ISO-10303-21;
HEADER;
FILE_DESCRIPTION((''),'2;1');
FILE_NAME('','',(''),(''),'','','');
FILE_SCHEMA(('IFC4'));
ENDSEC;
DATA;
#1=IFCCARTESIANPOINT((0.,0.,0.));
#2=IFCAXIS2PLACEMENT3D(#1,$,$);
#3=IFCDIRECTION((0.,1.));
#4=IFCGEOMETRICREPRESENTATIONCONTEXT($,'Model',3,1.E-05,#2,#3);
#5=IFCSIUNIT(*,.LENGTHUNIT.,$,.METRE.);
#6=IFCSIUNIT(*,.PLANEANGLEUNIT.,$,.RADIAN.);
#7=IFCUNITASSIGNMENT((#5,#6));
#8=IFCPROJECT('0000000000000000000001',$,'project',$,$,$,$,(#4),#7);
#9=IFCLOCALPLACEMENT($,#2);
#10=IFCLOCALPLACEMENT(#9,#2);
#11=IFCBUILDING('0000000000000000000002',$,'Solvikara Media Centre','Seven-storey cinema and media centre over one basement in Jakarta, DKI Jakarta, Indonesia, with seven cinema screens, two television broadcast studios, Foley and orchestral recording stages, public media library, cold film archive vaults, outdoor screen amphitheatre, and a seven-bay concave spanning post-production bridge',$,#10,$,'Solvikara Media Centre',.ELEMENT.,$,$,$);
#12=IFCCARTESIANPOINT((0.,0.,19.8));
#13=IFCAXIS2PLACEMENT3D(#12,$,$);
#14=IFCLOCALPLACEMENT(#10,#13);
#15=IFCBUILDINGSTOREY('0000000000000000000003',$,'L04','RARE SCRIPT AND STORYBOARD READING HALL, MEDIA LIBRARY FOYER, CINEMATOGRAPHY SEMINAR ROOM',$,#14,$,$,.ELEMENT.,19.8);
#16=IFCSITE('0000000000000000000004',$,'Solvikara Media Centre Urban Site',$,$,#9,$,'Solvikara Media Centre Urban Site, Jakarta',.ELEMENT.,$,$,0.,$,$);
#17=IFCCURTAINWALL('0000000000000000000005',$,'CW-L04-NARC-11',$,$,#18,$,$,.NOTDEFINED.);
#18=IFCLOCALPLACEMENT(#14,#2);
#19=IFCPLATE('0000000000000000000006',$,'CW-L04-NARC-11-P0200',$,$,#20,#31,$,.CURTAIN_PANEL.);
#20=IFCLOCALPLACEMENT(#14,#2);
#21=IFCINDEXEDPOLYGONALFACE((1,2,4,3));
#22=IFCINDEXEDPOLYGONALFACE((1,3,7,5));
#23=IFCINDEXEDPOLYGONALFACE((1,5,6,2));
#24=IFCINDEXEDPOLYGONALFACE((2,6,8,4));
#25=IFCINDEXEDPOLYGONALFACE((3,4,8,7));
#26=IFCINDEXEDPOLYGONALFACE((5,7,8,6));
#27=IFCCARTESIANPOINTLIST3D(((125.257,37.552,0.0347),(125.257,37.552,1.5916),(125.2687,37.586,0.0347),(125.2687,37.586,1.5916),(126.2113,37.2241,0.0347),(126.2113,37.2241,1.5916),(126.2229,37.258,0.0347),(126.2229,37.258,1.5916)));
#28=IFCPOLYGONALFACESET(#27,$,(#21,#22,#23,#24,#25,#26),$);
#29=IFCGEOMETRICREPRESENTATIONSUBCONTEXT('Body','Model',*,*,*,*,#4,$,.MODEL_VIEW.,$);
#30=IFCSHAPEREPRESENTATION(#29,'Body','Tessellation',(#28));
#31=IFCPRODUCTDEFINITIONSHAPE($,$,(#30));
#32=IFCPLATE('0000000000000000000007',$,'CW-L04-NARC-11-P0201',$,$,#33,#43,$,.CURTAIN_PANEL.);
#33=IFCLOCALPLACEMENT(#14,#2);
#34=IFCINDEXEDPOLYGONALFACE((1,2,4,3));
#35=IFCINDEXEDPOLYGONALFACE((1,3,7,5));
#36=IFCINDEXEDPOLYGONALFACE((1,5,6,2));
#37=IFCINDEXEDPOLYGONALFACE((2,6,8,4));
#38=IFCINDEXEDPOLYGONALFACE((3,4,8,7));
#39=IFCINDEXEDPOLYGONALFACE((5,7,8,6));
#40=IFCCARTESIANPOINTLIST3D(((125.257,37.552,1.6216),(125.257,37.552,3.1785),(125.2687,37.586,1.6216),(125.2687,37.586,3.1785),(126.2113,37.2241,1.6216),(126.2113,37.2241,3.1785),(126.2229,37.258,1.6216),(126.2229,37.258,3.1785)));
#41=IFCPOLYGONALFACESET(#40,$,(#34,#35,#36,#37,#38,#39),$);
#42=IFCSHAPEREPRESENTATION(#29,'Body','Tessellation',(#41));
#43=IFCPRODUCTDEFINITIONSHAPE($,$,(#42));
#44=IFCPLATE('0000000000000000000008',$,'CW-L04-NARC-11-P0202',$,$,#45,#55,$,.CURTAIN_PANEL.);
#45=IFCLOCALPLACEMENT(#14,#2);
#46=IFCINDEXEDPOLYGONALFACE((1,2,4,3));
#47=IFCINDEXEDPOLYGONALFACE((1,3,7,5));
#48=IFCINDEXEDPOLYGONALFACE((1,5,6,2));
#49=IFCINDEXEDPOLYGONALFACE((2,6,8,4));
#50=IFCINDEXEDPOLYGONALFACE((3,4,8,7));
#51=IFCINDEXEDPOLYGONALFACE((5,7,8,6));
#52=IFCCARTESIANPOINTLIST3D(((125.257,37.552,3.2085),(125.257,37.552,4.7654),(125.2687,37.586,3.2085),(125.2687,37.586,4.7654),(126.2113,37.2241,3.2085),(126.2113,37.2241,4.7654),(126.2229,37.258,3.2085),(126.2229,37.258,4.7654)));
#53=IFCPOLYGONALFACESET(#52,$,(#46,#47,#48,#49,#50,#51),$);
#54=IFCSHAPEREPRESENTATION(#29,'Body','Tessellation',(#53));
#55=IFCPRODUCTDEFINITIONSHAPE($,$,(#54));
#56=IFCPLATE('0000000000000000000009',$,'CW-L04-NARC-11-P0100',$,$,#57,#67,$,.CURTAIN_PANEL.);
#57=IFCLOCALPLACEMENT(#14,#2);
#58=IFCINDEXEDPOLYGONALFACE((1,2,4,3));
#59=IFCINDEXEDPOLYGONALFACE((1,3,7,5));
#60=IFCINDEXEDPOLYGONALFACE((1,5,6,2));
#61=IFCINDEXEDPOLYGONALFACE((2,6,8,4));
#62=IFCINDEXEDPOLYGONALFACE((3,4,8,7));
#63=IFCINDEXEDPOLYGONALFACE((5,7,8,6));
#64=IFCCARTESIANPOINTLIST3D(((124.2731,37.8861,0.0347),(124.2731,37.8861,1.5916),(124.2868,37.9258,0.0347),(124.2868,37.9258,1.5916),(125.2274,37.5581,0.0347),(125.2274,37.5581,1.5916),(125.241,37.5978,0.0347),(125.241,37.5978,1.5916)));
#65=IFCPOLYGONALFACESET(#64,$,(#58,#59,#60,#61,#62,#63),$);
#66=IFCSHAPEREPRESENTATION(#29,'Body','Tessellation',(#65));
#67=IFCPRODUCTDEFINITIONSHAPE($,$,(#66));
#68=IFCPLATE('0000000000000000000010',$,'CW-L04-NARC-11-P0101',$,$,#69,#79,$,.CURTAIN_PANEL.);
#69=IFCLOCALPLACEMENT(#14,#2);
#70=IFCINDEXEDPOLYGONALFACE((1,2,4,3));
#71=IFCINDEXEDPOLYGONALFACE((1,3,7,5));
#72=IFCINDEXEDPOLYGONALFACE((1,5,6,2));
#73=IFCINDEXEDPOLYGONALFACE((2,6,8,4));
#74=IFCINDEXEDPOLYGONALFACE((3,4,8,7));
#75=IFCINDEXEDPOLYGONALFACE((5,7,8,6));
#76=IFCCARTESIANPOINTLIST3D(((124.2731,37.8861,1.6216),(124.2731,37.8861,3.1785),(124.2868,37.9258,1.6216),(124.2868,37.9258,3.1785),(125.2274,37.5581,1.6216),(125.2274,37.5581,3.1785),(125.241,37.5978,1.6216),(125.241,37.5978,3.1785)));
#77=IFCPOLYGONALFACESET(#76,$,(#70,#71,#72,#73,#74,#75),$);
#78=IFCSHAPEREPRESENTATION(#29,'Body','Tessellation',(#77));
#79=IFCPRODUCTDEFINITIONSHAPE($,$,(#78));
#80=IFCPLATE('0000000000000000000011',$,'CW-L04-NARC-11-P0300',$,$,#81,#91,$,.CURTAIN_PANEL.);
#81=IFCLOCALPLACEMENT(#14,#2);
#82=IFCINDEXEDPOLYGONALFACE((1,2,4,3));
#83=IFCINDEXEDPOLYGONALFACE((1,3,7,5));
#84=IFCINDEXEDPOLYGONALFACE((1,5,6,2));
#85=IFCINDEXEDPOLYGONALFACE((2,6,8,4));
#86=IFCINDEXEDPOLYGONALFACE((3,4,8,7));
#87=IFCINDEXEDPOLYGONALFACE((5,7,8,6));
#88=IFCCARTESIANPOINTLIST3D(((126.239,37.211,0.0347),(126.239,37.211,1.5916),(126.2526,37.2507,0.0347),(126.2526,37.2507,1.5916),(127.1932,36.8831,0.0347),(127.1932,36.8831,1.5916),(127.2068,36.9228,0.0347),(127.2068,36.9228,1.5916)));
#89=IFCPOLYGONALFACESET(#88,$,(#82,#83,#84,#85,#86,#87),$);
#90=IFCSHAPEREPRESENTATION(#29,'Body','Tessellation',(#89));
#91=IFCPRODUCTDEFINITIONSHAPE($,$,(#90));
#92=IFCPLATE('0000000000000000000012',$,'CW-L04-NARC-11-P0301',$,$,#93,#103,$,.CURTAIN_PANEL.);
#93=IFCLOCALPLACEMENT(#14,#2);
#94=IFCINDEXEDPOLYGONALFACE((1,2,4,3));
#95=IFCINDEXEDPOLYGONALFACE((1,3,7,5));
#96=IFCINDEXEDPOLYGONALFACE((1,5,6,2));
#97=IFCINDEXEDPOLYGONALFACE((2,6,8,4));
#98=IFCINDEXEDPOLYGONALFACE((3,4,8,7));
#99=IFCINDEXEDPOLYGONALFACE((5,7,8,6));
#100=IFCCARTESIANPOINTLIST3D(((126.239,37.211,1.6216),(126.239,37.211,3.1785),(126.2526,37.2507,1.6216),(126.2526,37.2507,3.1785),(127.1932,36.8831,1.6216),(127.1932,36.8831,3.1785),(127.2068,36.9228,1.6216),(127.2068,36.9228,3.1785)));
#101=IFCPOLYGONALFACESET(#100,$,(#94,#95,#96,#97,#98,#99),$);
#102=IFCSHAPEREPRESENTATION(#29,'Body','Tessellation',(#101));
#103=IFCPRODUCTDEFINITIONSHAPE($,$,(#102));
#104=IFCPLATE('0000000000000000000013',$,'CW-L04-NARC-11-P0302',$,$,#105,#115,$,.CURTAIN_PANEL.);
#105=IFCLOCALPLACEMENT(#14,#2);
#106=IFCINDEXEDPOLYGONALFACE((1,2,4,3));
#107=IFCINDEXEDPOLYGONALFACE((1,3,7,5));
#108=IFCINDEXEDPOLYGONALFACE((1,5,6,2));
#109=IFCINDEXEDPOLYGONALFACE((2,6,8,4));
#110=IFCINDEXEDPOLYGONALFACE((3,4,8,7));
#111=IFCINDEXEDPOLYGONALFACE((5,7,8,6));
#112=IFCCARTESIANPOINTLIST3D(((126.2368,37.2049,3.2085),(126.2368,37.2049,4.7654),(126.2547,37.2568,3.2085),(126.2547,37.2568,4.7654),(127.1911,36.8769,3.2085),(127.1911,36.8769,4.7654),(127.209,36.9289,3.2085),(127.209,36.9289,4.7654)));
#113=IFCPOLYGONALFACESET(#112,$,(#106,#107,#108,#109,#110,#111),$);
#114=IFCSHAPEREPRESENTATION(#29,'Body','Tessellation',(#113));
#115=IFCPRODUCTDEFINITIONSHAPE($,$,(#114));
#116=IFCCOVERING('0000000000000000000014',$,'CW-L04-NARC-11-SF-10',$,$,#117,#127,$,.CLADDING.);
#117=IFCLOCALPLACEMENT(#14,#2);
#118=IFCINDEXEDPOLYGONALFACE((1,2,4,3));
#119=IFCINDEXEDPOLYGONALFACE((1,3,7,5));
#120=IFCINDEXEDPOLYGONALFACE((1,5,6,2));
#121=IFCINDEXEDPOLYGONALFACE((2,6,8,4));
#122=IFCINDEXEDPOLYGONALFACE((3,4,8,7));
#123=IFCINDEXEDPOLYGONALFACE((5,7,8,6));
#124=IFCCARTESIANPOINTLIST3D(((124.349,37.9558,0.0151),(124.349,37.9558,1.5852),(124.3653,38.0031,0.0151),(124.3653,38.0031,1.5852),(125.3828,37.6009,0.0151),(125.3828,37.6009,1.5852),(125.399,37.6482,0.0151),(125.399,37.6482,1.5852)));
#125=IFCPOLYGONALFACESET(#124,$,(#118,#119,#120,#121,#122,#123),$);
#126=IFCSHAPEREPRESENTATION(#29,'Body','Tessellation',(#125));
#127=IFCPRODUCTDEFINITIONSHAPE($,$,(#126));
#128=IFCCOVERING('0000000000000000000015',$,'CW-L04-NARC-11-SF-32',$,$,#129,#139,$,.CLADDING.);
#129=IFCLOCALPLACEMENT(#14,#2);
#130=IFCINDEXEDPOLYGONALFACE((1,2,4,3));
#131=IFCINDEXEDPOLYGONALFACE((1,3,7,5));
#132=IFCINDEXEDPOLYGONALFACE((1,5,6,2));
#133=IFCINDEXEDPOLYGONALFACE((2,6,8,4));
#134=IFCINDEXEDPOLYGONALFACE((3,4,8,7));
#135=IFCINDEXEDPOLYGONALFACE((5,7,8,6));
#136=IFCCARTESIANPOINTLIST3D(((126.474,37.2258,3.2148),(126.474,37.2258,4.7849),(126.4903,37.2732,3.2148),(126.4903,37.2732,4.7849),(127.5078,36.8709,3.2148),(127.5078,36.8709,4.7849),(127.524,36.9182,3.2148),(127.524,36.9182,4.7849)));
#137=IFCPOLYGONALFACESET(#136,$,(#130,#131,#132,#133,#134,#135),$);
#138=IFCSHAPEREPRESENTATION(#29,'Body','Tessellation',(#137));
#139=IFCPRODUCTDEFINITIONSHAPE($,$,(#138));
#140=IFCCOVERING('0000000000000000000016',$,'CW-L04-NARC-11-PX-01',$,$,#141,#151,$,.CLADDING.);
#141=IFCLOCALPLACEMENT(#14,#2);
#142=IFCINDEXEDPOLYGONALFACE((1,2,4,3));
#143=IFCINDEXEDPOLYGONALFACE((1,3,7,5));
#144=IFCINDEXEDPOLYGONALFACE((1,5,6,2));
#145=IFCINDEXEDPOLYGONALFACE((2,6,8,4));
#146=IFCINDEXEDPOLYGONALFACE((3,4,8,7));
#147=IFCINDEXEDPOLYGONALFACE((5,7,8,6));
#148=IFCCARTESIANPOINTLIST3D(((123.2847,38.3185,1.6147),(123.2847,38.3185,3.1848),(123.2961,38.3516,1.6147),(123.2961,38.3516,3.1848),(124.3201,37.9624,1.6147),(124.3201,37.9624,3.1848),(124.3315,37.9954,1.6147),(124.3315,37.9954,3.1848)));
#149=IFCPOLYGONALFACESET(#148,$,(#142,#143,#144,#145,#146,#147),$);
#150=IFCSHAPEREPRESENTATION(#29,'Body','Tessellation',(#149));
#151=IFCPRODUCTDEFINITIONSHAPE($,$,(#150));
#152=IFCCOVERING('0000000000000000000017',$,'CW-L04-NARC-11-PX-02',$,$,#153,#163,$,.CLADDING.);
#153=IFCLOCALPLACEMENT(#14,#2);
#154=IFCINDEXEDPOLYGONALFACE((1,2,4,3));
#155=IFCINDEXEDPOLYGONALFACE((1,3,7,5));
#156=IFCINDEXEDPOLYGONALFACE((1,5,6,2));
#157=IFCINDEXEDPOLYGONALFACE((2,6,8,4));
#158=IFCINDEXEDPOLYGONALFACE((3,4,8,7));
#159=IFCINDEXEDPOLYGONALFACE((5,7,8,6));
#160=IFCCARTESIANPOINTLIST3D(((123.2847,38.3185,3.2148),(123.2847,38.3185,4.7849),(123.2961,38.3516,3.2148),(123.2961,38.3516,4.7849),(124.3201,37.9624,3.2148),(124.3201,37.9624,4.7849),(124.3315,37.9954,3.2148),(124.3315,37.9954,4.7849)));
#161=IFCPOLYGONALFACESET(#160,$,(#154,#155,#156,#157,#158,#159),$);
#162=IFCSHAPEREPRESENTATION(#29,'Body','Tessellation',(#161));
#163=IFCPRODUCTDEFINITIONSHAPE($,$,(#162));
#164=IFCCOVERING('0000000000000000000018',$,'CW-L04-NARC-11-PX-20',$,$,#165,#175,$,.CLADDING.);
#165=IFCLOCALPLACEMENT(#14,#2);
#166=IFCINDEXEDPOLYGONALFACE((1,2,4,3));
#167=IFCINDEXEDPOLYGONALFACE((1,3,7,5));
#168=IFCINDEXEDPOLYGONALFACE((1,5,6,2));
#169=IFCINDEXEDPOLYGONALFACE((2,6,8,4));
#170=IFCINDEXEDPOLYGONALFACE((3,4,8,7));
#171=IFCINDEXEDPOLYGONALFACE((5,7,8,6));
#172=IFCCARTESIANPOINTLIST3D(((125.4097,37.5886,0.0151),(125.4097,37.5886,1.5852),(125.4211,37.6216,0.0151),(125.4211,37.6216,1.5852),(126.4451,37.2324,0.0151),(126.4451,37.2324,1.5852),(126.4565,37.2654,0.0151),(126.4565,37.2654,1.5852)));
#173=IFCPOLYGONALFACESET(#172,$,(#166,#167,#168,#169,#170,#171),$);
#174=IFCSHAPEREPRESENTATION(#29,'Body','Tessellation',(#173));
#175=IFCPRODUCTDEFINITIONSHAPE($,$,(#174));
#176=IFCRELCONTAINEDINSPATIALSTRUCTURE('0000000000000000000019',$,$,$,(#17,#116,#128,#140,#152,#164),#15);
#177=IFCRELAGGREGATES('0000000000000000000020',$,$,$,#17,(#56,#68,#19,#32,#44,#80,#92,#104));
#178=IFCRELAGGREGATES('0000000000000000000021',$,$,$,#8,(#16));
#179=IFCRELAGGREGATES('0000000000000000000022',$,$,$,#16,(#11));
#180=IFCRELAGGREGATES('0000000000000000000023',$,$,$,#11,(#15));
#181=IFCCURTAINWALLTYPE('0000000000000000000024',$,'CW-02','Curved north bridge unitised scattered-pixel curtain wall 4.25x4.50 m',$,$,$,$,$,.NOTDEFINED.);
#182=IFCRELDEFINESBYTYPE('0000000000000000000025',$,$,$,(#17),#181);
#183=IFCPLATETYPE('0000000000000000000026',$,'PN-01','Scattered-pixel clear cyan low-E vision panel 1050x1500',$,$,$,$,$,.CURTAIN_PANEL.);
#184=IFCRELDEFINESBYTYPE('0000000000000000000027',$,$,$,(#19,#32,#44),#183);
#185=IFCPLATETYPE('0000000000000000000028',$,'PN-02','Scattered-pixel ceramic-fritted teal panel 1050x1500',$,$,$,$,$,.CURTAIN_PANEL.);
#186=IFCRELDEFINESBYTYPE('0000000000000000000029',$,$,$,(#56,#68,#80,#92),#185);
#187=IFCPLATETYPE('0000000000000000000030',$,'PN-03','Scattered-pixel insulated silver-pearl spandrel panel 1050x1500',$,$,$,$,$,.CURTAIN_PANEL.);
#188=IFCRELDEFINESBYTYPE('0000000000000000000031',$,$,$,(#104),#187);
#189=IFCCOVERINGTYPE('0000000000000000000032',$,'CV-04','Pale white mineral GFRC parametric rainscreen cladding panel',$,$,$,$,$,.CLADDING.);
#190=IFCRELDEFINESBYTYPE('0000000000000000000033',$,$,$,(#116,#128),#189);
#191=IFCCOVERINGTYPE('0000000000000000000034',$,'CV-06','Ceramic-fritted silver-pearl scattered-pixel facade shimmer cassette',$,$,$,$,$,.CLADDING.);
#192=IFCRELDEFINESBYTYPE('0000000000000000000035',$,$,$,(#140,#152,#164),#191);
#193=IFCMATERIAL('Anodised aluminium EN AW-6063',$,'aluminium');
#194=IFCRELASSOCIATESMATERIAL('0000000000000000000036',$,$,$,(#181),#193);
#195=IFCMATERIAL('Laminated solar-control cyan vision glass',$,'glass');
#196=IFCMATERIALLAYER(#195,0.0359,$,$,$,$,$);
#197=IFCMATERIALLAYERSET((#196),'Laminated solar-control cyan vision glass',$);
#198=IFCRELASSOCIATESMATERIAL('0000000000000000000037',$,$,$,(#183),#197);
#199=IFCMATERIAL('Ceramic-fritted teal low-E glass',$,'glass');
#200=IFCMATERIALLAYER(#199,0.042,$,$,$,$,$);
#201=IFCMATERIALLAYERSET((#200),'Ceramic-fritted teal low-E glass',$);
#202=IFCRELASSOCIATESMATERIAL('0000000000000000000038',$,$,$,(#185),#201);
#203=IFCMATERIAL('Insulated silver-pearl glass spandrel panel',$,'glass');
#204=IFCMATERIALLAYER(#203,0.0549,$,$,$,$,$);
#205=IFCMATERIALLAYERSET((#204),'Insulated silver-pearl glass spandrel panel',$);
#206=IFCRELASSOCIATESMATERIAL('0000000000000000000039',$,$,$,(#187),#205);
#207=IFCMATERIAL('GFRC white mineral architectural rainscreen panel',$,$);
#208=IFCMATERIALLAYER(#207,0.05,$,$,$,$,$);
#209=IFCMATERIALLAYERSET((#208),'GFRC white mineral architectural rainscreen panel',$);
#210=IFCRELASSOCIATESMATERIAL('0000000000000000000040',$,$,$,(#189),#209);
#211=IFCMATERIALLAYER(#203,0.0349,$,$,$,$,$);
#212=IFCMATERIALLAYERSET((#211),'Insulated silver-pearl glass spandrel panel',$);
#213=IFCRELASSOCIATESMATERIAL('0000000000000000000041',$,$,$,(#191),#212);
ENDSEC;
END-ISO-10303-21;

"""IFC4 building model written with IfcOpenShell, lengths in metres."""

from ifc_helpers import new_model, si_unit, direction, frame, origin, origin_2d, place, context, subcontext, project, spatial, rectangle, extrude, material, layer, layer_set, type_object, element, aggregate, save


model = new_model("IFC4")

# Units and contexts
model_context = context("Model", 3, precision=1e-05, world=origin(), true_north=direction((0.0, 1.0)))
body_context = subcontext(model_context, "Body", "Model", "MODEL_VIEW")
ifc_project = project(units=[si_unit("LENGTHUNIT", "METRE"), si_unit("PLANEANGLEUNIT", "RADIAN")], contexts=[model_context])

# Site, building, storey
site_placement = place(None, origin())
site = spatial("IfcSite", under=ifc_project, at=site_placement, Name="Solvikara Media Centre Urban Site", LongName="Solvikara Media Centre Urban Site, Jakarta", CompositionType="ELEMENT", RefElevation=0.0)
building_placement = place(site_placement, origin())
building = spatial("IfcBuilding", under=site, at=building_placement, Name="Solvikara Media Centre", Description="Seven-storey cinema and media centre over one basement in Jakarta, DKI Jakarta, Indonesia, with seven cinema screens, two television broadcast studios, Foley and orchestral recording stages, public media library, cold film archive vaults, outdoor screen amphitheatre, and a seven-bay concave spanning post-production bridge", LongName="Solvikara Media Centre", CompositionType="ELEMENT")
storey_placement = place(building_placement, frame((0.0, 0.0, 19.8)))
storey = spatial("IfcBuildingStorey", under=building, at=storey_placement, Name="L04", Description="RARE SCRIPT AND STORYBOARD READING HALL, MEDIA LIBRARY FOYER, CINEMATOGRAPHY SEMINAR ROOM", CompositionType="ELEMENT", Elevation=19.8)

# Curtain wall, plates
ifc_material_1 = material(Name="Anodised aluminium EN AW-6063", Category="aluminium")
curtain_wall_type = type_object("IfcCurtainWallType", Name="CW-02", Description="Curved north bridge unitised scattered-pixel curtain wall 4.25x4.50 m", PredefinedType="NOTDEFINED", material=ifc_material_1)
curtain_wall_placement = place(storey_placement, origin())
curtain_wall = element("IfcCurtainWall", 1, at=curtain_wall_placement, inside=storey, type_object=curtain_wall_type, Name="CW-L04-NARC-11", PredefinedType="NOTDEFINED")
ifc_material_2 = material(Name="Laminated solar-control cyan vision glass", Category="glass")
ifc_layer_1 = layer(ifc_material_2, 0.0359)
ifc_layer_set_1 = layer_set([ifc_layer_1], Name="Laminated solar-control cyan vision glass")
plate_type_1 = type_object("IfcPlateType", Name="PN-01", Description="Scattered-pixel clear cyan low-E vision panel 1050x1500", PredefinedType="CURTAIN_PANEL", material=ifc_layer_set_1)
plate_1_placement = place(storey_placement, frame((125.74, 37.405, 0.0347), z_axis=(0.0, 0.0, 1.0), x_axis=(0.945706, -0.325024, 0.0)))
plate_1 = element("IfcPlate", 2, at=plate_1_placement, type_object=plate_type_1, Name="CW-L04-NARC-11-P0200", PredefinedType="CURTAIN_PANEL", context=body_context, shape_type="SweptSolid", body=[
    extrude(rectangle(XDim=1.009, YDim=0.0359, at=origin_2d()), origin(), (0.0, 0.0, 1.0), 1.5569),
])
plate_2_placement = place(storey_placement, frame((125.74, 37.405, 1.6216), z_axis=(0.0, 0.0, 1.0), x_axis=(0.945706, -0.325024, 0.0)))
plate_2 = element("IfcPlate", 3, at=plate_2_placement, type_object=plate_type_1, Name="CW-L04-NARC-11-P0201", PredefinedType="CURTAIN_PANEL", context=body_context, shape_type="SweptSolid", body=[
    extrude(rectangle(XDim=1.009, YDim=0.0359, at=origin_2d()), origin(), (0.0, 0.0, 1.0), 1.5569),
])
plate_3_placement = place(storey_placement, frame((125.74, 37.405, 3.2085), z_axis=(0.0, 0.0, 1.0), x_axis=(0.945706, -0.325024, 0.0)))
plate_3 = element("IfcPlate", 4, at=plate_3_placement, type_object=plate_type_1, Name="CW-L04-NARC-11-P0202", PredefinedType="CURTAIN_PANEL", context=body_context, shape_type="SweptSolid", body=[
    extrude(rectangle(XDim=1.009, YDim=0.0359, at=origin_2d()), origin(), (0.0, 0.0, 1.0), 1.5569),
])
ifc_material_3 = material(Name="Ceramic-fritted teal low-E glass", Category="glass")
ifc_layer_2 = layer(ifc_material_3, 0.042)
ifc_layer_set_2 = layer_set([ifc_layer_2], Name="Ceramic-fritted teal low-E glass")
plate_type_2 = type_object("IfcPlateType", Name="PN-02", Description="Scattered-pixel ceramic-fritted teal panel 1050x1500", PredefinedType="CURTAIN_PANEL", material=ifc_layer_set_2)
plate_4_placement = place(storey_placement, frame((124.7571, 37.7419, 0.0347), z_axis=(0.0, 0.0, 1.0), x_axis=(0.945706, -0.325024, 0.0)))
plate_4 = element("IfcPlate", 5, at=plate_4_placement, type_object=plate_type_2, Name="CW-L04-NARC-11-P0100", PredefinedType="CURTAIN_PANEL", context=body_context, shape_type="SweptSolid", body=[
    extrude(rectangle(XDim=1.009, YDim=0.042, at=origin_2d()), origin(), (0.0, 0.0, 1.0), 1.5569),
])
plate_5_placement = place(storey_placement, frame((124.7571, 37.7419, 1.6216), z_axis=(0.0, 0.0, 1.0), x_axis=(0.945706, -0.325024, 0.0)))
plate_5 = element("IfcPlate", 6, at=plate_5_placement, type_object=plate_type_2, Name="CW-L04-NARC-11-P0101", PredefinedType="CURTAIN_PANEL", context=body_context, shape_type="SweptSolid", body=[
    extrude(rectangle(XDim=1.009, YDim=0.042, at=origin_2d()), origin(), (0.0, 0.0, 1.0), 1.5569),
])
plate_6_placement = place(storey_placement, frame((126.7229, 37.0669, 0.0347), z_axis=(0.0, 0.0, 1.0), x_axis=(0.945706, -0.325024, 0.0)))
plate_6 = element("IfcPlate", 7, at=plate_6_placement, type_object=plate_type_2, Name="CW-L04-NARC-11-P0300", PredefinedType="CURTAIN_PANEL", context=body_context, shape_type="SweptSolid", body=[
    extrude(rectangle(XDim=1.009, YDim=0.042, at=origin_2d()), origin(), (0.0, 0.0, 1.0), 1.5569),
])
plate_7_placement = place(storey_placement, frame((126.7229, 37.0669, 1.6216), z_axis=(0.0, 0.0, 1.0), x_axis=(0.945706, -0.325024, 0.0)))
plate_7 = element("IfcPlate", 8, at=plate_7_placement, type_object=plate_type_2, Name="CW-L04-NARC-11-P0301", PredefinedType="CURTAIN_PANEL", context=body_context, shape_type="SweptSolid", body=[
    extrude(rectangle(XDim=1.009, YDim=0.042, at=origin_2d()), origin(), (0.0, 0.0, 1.0), 1.5569),
])
ifc_material_4 = material(Name="Insulated silver-pearl glass spandrel panel", Category="glass")
ifc_layer_3 = layer(ifc_material_4, 0.0549)
ifc_layer_set_3 = layer_set([ifc_layer_3], Name="Insulated silver-pearl glass spandrel panel")
plate_type_3 = type_object("IfcPlateType", Name="PN-03", Description="Scattered-pixel insulated silver-pearl spandrel panel 1050x1500", PredefinedType="CURTAIN_PANEL", material=ifc_layer_set_3)
plate_8_placement = place(storey_placement, frame((126.7229, 37.0669, 3.2085), z_axis=(0.0, 0.0, 1.0), x_axis=(0.945706, -0.325024, 0.0)))
plate_8 = element("IfcPlate", 9, at=plate_8_placement, type_object=plate_type_3, Name="CW-L04-NARC-11-P0302", PredefinedType="CURTAIN_PANEL", context=body_context, shape_type="SweptSolid", body=[
    extrude(rectangle(XDim=1.009, YDim=0.0549, at=origin_2d()), origin(), (0.0, 0.0, 1.0), 1.5569),
])
aggregate(curtain_wall, [plate_4, plate_5, plate_1, plate_2, plate_3, plate_6, plate_7, plate_8])

# Coverings
ifc_material_5 = material(Name="GFRC white mineral architectural rainscreen panel")
ifc_layer_4 = layer(ifc_material_5, 0.05)
ifc_layer_set_4 = layer_set([ifc_layer_4], Name="GFRC white mineral architectural rainscreen panel")
covering_type_1 = type_object("IfcCoveringType", Name="CV-04", Description="Pale white mineral GFRC parametric rainscreen cladding panel", PredefinedType="CLADDING", material=ifc_layer_set_4)
for number, where, z_axis, x_axis, name in (
    (10, (124.874, 37.802, 0.0151), (0.0, 0.0, 1.0), (0.945808, -0.324726, 0.0), "CW-L04-NARC-11-SF-10"),
    (11, (126.999, 37.072, 3.2148), (0.0, 0.0, 1.0), (0.945808, -0.324726, 0.0), "CW-L04-NARC-11-SF-32"),
):
    element("IfcCovering", number, at=place(storey_placement, frame(where, z_axis=z_axis, x_axis=x_axis)), inside=storey, type_object=covering_type_1, Name=name, PredefinedType="CLADDING", context=body_context, shape_type="SweptSolid", body=[
        extrude(rectangle(XDim=1.093, YDim=0.05, at=origin_2d()), origin(), (0.0, 0.0, 1.0), 1.5701),
    ])
ifc_layer_5 = layer(ifc_material_4, 0.0349)
ifc_layer_set_5 = layer_set([ifc_layer_5], Name="Insulated silver-pearl glass spandrel panel")
covering_type_2 = type_object("IfcCoveringType", Name="CV-06", Description="Ceramic-fritted silver-pearl scattered-pixel facade shimmer cassette", PredefinedType="CLADDING", material=ifc_layer_set_5)
for number, where, z_axis, x_axis, name in (
    (12, (123.8081, 38.157, 1.6147), (0.0, 0.0, 1.0), (0.945626, -0.325255, 0.0), "CW-L04-NARC-11-PX-01"),
    (13, (123.8081, 38.157, 3.2148), (0.0, 0.0, 1.0), (0.945626, -0.325255, 0.0), "CW-L04-NARC-11-PX-02"),
    (14, (125.9331, 37.427, 0.0151), (0.0, 0.0, 1.0), (0.945626, -0.325255, 0.0), "CW-L04-NARC-11-PX-20"),
):
    element("IfcCovering", number, at=place(storey_placement, frame(where, z_axis=z_axis, x_axis=x_axis)), inside=storey, type_object=covering_type_2, Name=name, PredefinedType="CLADDING", context=body_context, shape_type="SweptSolid", body=[
        extrude(rectangle(XDim=1.095, YDim=0.0349, at=origin_2d()), origin(), (0.0, 0.0, 1.0), 1.5701),
    ])

save(model, "model.ifc")
